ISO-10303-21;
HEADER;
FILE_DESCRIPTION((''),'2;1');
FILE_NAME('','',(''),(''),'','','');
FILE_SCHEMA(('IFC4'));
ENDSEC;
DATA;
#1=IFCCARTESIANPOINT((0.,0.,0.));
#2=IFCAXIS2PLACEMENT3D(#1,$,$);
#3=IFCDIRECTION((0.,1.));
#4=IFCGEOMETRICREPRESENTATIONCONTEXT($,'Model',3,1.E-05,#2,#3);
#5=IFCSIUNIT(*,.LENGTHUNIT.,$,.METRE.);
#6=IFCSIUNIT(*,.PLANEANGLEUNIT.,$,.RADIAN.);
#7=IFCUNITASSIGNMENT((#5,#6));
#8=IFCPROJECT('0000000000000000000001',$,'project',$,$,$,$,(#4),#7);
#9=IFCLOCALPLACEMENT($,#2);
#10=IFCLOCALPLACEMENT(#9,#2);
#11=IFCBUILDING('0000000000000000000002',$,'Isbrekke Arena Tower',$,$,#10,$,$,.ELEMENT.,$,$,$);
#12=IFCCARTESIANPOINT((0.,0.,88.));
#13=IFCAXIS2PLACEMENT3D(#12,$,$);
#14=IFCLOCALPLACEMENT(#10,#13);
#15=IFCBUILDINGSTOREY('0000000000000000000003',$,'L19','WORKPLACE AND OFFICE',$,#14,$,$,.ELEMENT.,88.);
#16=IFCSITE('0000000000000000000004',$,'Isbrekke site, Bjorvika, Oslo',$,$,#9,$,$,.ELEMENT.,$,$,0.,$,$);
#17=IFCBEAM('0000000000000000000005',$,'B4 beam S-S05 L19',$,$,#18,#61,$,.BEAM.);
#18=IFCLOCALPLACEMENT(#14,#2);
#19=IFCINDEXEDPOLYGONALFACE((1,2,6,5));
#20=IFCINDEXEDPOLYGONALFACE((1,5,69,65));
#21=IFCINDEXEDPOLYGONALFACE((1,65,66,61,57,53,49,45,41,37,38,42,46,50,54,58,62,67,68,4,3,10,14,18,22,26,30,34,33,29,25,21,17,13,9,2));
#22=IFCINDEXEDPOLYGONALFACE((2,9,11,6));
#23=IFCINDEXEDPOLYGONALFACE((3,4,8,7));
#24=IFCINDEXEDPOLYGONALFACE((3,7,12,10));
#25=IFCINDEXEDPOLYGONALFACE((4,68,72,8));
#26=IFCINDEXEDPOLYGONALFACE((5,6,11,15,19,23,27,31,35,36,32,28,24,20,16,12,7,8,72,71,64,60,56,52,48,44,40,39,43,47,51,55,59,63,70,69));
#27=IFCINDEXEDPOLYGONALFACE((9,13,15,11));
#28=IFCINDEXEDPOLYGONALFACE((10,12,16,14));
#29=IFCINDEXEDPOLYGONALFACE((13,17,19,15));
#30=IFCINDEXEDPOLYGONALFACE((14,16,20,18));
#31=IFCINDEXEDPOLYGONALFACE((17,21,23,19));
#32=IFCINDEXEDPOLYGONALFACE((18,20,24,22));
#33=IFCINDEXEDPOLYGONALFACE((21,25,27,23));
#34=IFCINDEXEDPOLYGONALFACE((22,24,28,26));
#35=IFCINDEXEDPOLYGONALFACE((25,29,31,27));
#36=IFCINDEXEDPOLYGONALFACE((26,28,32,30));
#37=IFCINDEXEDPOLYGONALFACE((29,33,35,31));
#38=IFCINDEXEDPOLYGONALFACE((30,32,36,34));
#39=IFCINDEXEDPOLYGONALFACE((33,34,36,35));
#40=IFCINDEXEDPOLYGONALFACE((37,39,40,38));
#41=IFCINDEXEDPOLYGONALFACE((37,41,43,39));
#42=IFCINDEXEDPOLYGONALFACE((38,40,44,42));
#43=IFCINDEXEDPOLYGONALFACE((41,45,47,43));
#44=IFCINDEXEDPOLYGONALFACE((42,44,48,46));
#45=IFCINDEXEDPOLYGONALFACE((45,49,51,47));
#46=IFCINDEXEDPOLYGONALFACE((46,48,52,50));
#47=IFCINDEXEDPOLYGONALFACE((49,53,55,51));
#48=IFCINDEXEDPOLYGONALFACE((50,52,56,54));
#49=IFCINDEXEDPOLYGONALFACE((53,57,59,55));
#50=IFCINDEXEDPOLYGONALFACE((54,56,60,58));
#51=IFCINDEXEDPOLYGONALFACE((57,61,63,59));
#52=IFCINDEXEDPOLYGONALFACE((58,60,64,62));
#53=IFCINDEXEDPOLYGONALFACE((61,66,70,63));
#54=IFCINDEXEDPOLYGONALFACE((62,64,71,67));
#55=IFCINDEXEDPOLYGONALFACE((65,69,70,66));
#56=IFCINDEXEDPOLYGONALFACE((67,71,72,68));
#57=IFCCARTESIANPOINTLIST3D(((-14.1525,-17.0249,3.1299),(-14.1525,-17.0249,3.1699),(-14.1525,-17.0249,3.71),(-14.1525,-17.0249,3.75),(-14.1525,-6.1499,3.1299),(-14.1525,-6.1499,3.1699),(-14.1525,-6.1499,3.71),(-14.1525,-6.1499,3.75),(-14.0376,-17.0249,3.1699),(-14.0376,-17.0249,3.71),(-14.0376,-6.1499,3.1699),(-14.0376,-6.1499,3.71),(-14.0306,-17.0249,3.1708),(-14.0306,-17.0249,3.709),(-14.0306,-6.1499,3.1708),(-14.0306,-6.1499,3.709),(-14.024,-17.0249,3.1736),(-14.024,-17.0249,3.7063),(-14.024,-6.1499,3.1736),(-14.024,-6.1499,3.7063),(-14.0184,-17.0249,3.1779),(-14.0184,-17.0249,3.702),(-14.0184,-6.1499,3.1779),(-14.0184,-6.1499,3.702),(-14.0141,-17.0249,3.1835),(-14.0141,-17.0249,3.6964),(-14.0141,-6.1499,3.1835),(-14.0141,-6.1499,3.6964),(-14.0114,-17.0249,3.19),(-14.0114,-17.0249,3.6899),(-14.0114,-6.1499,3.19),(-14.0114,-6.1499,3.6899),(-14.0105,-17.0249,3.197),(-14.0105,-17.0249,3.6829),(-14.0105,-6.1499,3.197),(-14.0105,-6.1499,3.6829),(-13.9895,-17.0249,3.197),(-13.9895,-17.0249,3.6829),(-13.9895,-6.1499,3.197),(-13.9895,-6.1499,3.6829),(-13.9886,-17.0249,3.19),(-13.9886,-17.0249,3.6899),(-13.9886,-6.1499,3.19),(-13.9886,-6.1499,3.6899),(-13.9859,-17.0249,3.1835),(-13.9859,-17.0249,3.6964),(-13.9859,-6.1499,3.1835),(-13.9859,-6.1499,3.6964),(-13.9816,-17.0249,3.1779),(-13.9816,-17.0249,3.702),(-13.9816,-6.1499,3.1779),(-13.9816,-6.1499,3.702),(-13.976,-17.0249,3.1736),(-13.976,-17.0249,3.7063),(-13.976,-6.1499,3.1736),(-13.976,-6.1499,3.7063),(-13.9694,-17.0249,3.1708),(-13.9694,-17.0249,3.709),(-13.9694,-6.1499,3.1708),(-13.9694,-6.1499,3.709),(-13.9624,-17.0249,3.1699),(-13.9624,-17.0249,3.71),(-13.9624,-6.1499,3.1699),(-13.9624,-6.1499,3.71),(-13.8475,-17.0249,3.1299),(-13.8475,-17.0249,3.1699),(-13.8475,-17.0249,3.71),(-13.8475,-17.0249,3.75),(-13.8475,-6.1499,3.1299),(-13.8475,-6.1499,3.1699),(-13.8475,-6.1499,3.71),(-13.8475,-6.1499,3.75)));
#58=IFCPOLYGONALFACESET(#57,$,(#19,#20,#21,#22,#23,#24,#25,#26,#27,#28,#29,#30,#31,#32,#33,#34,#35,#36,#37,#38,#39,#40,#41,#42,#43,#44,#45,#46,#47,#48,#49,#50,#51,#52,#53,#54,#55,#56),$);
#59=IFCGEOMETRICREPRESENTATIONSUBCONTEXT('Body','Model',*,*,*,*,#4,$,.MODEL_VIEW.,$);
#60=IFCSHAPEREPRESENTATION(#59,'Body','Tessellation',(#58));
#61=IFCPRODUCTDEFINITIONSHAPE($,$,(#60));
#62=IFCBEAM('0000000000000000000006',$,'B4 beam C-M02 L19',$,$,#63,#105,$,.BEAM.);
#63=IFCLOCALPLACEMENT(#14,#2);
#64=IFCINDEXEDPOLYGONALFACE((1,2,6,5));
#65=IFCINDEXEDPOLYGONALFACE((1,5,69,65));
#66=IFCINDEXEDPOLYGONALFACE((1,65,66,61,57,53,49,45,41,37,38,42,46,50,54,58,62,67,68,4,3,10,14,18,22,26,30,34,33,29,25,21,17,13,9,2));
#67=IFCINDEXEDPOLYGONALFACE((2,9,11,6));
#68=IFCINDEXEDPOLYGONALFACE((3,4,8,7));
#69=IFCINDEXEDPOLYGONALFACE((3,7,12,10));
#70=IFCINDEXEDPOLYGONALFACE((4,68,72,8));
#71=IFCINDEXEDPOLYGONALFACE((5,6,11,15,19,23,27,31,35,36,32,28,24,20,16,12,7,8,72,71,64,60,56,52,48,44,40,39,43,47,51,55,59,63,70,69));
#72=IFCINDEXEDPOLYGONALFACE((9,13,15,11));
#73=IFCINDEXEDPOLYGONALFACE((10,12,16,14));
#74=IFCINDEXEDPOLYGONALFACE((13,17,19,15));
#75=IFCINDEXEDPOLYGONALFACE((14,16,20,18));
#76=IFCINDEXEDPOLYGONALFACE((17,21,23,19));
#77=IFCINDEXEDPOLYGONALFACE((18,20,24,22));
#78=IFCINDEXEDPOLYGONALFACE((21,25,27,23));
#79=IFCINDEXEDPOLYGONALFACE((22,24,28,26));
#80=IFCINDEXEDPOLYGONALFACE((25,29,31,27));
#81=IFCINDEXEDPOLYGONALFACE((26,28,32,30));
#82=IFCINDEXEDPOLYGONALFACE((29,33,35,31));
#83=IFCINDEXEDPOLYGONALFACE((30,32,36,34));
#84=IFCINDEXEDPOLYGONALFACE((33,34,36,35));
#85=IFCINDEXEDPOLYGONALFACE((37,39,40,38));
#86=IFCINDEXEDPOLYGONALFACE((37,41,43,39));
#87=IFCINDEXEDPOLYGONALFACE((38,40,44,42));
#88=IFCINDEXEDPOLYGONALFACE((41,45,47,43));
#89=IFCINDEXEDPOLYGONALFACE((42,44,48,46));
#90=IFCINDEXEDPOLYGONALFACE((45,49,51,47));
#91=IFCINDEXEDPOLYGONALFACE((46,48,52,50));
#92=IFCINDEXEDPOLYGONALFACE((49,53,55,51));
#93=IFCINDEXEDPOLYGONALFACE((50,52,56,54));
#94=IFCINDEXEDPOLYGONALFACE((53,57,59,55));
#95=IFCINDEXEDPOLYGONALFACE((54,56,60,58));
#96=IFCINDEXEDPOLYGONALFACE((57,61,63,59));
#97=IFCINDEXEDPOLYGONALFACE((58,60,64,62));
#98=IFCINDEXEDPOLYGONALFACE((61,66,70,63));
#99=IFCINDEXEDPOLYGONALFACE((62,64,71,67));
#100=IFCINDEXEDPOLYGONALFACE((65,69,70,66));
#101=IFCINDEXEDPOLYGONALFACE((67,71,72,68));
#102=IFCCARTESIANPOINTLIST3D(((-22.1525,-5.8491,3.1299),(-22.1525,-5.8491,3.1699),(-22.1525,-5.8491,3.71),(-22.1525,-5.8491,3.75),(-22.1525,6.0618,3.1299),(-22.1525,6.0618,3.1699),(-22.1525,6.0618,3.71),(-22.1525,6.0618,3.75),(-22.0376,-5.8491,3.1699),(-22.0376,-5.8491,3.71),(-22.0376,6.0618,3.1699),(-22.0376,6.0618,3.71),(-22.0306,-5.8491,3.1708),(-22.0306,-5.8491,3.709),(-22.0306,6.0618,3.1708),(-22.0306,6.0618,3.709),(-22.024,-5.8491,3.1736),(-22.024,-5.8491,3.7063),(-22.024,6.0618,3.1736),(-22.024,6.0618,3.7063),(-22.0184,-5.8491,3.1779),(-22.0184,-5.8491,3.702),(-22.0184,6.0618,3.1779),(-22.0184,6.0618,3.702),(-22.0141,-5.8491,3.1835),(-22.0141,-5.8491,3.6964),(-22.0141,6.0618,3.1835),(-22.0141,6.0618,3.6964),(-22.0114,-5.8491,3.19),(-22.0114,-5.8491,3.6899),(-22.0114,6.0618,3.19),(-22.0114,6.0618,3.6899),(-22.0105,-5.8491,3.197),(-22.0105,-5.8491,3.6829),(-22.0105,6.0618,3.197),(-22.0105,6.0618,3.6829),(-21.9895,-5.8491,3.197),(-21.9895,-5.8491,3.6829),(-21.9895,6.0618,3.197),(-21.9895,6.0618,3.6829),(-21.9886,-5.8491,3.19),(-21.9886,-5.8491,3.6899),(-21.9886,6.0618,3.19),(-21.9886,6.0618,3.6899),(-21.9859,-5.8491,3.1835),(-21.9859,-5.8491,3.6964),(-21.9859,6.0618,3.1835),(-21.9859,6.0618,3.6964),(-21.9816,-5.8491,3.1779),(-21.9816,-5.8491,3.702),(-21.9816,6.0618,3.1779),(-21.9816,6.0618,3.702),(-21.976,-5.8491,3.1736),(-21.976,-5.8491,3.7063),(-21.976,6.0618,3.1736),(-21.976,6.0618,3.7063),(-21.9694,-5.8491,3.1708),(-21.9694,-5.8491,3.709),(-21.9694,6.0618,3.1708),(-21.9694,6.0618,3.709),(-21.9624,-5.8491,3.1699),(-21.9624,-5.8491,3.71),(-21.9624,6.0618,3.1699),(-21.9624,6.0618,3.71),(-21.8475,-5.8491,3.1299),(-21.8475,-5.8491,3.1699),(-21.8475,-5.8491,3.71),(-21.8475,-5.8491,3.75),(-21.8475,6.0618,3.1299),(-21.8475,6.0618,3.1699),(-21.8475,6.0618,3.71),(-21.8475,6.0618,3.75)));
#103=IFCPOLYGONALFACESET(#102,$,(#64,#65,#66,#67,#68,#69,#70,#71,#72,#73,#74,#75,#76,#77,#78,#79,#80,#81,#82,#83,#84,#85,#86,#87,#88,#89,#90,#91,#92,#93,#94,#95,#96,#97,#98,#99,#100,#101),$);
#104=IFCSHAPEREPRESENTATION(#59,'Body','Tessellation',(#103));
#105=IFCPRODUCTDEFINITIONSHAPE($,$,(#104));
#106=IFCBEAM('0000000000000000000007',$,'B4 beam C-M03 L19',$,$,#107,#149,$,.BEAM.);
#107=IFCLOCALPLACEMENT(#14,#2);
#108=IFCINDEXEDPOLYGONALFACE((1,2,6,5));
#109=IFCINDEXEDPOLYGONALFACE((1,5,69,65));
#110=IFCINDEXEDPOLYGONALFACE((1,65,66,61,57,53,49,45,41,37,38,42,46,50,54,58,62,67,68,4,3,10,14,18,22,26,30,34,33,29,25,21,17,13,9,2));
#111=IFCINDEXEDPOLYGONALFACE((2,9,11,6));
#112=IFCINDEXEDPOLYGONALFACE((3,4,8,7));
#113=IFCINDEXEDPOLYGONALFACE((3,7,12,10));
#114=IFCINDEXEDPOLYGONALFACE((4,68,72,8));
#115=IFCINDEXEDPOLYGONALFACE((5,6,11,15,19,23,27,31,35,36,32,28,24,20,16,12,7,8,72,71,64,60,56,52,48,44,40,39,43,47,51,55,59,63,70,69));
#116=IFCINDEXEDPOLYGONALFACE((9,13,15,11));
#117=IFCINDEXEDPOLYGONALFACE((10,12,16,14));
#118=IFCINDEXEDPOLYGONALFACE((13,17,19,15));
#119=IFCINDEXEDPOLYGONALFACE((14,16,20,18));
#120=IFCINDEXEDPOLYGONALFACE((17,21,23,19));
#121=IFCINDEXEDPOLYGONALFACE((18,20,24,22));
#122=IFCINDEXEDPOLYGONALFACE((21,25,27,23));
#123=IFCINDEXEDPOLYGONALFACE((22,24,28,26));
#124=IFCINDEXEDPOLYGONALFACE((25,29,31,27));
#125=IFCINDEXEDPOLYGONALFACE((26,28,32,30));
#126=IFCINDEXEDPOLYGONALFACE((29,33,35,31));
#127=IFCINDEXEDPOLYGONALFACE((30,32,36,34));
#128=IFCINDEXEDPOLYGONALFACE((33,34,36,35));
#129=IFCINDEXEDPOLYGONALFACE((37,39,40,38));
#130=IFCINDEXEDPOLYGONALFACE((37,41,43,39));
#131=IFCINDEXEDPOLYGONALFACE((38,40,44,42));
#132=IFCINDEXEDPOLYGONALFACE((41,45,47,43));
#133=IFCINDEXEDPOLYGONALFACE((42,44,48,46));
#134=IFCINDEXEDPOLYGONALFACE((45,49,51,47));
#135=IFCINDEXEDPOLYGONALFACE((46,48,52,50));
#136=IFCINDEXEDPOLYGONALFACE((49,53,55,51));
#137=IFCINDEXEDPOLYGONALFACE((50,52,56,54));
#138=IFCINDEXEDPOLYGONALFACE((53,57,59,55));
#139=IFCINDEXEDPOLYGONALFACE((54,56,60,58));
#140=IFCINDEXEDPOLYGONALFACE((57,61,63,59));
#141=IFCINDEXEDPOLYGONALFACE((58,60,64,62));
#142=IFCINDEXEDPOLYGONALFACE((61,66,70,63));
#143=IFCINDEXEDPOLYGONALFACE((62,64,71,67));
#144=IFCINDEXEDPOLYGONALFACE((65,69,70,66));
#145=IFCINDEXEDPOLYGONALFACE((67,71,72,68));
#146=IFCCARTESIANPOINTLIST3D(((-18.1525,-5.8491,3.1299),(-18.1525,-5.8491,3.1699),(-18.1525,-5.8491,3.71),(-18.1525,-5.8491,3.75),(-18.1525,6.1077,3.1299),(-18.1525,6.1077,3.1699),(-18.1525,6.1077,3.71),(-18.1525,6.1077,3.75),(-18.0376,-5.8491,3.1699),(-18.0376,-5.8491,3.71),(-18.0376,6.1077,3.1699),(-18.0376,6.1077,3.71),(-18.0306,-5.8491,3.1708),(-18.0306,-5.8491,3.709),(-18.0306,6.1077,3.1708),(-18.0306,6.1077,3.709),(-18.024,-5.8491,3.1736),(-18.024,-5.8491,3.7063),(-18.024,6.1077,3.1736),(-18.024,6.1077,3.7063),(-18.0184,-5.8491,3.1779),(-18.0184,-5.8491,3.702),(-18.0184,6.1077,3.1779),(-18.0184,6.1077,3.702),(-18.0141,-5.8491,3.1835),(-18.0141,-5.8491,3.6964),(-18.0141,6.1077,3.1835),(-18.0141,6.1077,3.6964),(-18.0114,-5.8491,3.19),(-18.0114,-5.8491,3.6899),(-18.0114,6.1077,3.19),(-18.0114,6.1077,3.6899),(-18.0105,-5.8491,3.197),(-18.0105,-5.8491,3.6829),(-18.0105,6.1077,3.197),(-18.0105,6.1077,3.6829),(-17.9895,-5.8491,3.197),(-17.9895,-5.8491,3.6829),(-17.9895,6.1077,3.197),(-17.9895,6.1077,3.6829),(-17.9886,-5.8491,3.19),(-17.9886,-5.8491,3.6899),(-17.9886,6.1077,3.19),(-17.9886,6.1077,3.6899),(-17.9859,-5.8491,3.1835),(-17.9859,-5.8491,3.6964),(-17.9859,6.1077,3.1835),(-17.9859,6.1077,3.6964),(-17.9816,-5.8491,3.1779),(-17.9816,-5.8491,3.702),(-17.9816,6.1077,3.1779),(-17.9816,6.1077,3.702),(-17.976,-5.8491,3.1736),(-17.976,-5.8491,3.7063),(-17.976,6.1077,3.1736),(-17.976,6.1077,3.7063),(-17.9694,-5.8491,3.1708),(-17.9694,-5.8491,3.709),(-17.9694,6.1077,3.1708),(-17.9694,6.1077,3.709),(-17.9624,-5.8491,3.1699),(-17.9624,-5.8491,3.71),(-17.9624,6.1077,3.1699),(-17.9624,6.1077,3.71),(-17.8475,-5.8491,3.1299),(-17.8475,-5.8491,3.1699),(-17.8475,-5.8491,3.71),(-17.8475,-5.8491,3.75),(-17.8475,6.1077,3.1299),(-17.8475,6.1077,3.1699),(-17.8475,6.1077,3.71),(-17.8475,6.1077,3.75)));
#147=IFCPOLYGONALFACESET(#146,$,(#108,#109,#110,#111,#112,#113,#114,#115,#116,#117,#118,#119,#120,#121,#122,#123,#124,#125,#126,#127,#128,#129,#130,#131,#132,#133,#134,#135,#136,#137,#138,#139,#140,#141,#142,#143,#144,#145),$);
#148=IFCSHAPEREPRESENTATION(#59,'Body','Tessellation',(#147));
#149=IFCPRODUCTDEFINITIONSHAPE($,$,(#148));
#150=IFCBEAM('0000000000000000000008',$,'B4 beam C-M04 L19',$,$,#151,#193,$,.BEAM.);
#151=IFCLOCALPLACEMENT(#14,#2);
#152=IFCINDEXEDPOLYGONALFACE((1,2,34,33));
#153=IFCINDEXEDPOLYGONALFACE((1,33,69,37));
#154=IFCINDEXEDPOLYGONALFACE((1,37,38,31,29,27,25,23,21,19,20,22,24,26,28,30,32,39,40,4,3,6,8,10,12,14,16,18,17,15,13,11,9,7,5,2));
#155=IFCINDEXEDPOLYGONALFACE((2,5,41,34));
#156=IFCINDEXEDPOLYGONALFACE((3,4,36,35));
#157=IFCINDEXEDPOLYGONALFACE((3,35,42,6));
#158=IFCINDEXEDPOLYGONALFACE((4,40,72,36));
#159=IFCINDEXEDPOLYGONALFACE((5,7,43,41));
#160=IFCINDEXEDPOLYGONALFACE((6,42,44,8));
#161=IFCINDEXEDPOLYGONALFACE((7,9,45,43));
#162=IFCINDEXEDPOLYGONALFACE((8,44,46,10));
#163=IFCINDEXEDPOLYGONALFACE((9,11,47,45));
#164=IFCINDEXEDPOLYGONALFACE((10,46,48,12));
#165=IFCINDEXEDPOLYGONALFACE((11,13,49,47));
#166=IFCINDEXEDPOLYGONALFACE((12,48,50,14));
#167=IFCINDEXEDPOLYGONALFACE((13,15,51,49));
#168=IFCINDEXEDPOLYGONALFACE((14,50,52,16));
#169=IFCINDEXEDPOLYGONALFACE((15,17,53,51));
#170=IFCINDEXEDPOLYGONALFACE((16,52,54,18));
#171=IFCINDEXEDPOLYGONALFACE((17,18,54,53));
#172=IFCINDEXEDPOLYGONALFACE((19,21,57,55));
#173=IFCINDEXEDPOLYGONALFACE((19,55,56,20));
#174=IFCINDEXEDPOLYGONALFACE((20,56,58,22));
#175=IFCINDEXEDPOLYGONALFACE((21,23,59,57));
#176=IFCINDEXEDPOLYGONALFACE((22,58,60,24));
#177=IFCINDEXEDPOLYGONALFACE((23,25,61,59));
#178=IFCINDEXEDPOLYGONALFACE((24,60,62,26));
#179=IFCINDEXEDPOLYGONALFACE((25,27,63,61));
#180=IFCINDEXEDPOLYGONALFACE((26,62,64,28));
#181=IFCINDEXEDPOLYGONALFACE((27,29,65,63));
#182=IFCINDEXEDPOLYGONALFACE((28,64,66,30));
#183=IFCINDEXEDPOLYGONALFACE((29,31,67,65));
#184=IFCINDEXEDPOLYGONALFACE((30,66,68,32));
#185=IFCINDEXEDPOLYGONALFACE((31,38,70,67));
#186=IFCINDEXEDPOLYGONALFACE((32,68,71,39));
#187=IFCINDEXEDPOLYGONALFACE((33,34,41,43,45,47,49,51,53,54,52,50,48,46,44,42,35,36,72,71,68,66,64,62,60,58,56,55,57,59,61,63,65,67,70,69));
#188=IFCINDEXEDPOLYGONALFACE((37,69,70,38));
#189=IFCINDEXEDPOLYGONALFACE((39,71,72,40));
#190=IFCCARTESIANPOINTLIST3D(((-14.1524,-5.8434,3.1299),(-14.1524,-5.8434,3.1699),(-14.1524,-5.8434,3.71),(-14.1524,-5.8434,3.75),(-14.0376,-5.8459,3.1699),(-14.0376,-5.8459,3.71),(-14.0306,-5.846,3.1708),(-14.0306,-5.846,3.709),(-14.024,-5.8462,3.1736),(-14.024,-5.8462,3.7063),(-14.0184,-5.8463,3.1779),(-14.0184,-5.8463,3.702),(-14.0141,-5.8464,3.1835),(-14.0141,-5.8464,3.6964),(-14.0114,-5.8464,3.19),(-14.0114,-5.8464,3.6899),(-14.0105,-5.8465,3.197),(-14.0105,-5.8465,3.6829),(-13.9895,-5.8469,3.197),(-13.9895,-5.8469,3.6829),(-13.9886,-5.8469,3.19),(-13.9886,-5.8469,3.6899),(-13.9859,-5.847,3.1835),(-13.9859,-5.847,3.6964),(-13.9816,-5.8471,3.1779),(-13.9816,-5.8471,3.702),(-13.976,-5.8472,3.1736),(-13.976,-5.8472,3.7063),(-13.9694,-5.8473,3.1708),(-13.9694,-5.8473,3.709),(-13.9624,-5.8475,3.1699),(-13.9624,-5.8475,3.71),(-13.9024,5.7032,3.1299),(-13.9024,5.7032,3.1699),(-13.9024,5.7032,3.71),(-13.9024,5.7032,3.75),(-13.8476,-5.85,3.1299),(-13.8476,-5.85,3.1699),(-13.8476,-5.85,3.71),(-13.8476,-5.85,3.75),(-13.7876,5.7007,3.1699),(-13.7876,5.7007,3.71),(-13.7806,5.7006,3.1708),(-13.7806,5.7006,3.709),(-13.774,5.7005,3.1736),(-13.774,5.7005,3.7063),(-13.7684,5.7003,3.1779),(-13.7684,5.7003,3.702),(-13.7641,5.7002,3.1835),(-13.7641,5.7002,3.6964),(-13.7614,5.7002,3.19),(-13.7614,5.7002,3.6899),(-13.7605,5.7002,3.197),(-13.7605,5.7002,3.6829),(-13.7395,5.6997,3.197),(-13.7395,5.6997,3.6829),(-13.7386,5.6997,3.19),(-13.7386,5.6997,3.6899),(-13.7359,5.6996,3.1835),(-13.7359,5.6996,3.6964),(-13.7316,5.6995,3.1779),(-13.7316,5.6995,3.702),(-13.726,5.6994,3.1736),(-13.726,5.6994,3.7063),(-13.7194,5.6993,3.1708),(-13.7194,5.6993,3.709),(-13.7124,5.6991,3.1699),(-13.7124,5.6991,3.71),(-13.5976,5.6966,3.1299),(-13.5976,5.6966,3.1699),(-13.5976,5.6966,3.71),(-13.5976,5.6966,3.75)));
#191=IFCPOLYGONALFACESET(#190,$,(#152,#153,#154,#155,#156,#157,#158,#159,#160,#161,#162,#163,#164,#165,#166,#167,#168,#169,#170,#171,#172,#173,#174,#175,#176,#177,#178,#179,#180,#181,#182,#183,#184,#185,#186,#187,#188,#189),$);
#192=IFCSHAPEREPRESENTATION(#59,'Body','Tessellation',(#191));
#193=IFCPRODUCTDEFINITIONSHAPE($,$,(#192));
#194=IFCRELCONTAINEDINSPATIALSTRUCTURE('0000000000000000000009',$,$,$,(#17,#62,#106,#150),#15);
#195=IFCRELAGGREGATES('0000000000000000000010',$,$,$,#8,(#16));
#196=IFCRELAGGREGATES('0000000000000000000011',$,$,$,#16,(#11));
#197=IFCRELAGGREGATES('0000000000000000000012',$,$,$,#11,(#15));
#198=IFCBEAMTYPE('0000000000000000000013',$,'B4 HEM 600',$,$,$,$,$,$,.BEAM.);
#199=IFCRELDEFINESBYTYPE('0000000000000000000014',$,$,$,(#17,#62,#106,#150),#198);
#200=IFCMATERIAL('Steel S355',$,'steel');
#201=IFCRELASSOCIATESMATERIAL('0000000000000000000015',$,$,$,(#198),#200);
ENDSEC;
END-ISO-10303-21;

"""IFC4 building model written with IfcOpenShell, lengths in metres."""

from ifc_helpers import new_model, si_unit, direction, frame, origin, origin_2d, place, context, subcontext, project, spatial, i_section, extrude, material, material_profile, profile_set, type_object, element, save


model = new_model("IFC4")

# Units and contexts
model_context = context("Model", 3, precision=1e-05, world=origin(), true_north=direction((0.0, 1.0)))
body_context = subcontext(model_context, "Body", "Model", "MODEL_VIEW")
ifc_project = project(units=[si_unit("LENGTHUNIT", "METRE"), si_unit("PLANEANGLEUNIT", "RADIAN")], contexts=[model_context])

# Site, building, storey
site_placement = place(None, origin())
site = spatial("IfcSite", under=ifc_project, at=site_placement, Name="Isbrekke site, Bjorvika, Oslo", CompositionType="ELEMENT", RefElevation=0.0)
building_placement = place(site_placement, origin())
building = spatial("IfcBuilding", under=site, at=building_placement, Name="Isbrekke Arena Tower", CompositionType="ELEMENT")
storey_placement = place(building_placement, frame((0.0, 0.0, 88.0)))
storey = spatial("IfcBuildingStorey", under=building, at=storey_placement, Name="L19", Description="WORKPLACE AND OFFICE", CompositionType="ELEMENT", Elevation=88.0)

# Beams
ifc_material_1 = material(Name="Steel S355", Category="steel")
ifc_material_profile_1 = material_profile(ifc_material_1, i_section(OverallWidth=0.3049, OverallDepth=0.6201, WebThickness=0.021, FlangeThickness=0.04, FilletRadius=0.0271, at=origin_2d()), Name="HEM 600")
ifc_profile_set_1 = profile_set([ifc_material_profile_1], Name="Steel S355")
beam_type_1 = type_object("IfcBeamType", Name="B4 HEM 600", PredefinedType="BEAM", material=ifc_profile_set_1)
beam_1_placement = place(storey_placement, frame((-14.0, -17.0249, 3.4399), z_axis=(0.0, 1.0, 0.0), x_axis=(-1.0, 0.0, 0.0)))
element("IfcBeam", 1, at=beam_1_placement, inside=storey, type_object=beam_type_1, Name="B4 beam S-S05 L19", PredefinedType="BEAM", context=body_context, shape_type="SweptSolid", body=[
    extrude(i_section(OverallWidth=0.3049, OverallDepth=0.6201, WebThickness=0.021, FlangeThickness=0.04, FilletRadius=0.0271, at=origin_2d()), origin(), (0.0, 0.0, 1.0), 10.875),
])
beam_2_placement = place(storey_placement, frame((-22.0, -5.8491, 3.4399), z_axis=(0.0, 1.0, 0.0), x_axis=(-1.0, 0.0, 0.0)))
element("IfcBeam", 2, at=beam_2_placement, inside=storey, type_object=beam_type_1, Name="B4 beam C-M02 L19", PredefinedType="BEAM", context=body_context, shape_type="SweptSolid", body=[
    extrude(i_section(OverallWidth=0.3049, OverallDepth=0.6201, WebThickness=0.021, FlangeThickness=0.04, FilletRadius=0.0271, at=origin_2d()), origin(), (0.0, 0.0, 1.0), 11.9109),
])
beam_3_placement = place(storey_placement, frame((-18.0, -5.8491, 3.4399), z_axis=(0.0, 1.0, 0.0), x_axis=(-1.0, 0.0, 0.0)))
element("IfcBeam", 3, at=beam_3_placement, inside=storey, type_object=beam_type_1, Name="B4 beam C-M03 L19", PredefinedType="BEAM", context=body_context, shape_type="SweptSolid", body=[
    extrude(i_section(OverallWidth=0.3049, OverallDepth=0.6201, WebThickness=0.021, FlangeThickness=0.04, FilletRadius=0.0271, at=origin_2d()), origin(), (0.0, 0.0, 1.0), 11.9568),
])
beam_4_placement = place(storey_placement, frame((-14.0, -5.8467, 3.4399), z_axis=(0.021646, 0.999766, 0.0), x_axis=(-0.999766, 0.021646, 0.0)))
element("IfcBeam", 4, at=beam_4_placement, inside=storey, type_object=beam_type_1, Name="B4 beam C-M04 L19", PredefinedType="BEAM", context=body_context, shape_type="SweptSolid", body=[
    extrude(i_section(OverallWidth=0.3049, OverallDepth=0.6201, WebThickness=0.021, FlangeThickness=0.04, FilletRadius=0.0271, at=origin_2d()), origin(), (0.0, 0.0, 1.0), 11.5493),
])

save(model, "model.ifc")
